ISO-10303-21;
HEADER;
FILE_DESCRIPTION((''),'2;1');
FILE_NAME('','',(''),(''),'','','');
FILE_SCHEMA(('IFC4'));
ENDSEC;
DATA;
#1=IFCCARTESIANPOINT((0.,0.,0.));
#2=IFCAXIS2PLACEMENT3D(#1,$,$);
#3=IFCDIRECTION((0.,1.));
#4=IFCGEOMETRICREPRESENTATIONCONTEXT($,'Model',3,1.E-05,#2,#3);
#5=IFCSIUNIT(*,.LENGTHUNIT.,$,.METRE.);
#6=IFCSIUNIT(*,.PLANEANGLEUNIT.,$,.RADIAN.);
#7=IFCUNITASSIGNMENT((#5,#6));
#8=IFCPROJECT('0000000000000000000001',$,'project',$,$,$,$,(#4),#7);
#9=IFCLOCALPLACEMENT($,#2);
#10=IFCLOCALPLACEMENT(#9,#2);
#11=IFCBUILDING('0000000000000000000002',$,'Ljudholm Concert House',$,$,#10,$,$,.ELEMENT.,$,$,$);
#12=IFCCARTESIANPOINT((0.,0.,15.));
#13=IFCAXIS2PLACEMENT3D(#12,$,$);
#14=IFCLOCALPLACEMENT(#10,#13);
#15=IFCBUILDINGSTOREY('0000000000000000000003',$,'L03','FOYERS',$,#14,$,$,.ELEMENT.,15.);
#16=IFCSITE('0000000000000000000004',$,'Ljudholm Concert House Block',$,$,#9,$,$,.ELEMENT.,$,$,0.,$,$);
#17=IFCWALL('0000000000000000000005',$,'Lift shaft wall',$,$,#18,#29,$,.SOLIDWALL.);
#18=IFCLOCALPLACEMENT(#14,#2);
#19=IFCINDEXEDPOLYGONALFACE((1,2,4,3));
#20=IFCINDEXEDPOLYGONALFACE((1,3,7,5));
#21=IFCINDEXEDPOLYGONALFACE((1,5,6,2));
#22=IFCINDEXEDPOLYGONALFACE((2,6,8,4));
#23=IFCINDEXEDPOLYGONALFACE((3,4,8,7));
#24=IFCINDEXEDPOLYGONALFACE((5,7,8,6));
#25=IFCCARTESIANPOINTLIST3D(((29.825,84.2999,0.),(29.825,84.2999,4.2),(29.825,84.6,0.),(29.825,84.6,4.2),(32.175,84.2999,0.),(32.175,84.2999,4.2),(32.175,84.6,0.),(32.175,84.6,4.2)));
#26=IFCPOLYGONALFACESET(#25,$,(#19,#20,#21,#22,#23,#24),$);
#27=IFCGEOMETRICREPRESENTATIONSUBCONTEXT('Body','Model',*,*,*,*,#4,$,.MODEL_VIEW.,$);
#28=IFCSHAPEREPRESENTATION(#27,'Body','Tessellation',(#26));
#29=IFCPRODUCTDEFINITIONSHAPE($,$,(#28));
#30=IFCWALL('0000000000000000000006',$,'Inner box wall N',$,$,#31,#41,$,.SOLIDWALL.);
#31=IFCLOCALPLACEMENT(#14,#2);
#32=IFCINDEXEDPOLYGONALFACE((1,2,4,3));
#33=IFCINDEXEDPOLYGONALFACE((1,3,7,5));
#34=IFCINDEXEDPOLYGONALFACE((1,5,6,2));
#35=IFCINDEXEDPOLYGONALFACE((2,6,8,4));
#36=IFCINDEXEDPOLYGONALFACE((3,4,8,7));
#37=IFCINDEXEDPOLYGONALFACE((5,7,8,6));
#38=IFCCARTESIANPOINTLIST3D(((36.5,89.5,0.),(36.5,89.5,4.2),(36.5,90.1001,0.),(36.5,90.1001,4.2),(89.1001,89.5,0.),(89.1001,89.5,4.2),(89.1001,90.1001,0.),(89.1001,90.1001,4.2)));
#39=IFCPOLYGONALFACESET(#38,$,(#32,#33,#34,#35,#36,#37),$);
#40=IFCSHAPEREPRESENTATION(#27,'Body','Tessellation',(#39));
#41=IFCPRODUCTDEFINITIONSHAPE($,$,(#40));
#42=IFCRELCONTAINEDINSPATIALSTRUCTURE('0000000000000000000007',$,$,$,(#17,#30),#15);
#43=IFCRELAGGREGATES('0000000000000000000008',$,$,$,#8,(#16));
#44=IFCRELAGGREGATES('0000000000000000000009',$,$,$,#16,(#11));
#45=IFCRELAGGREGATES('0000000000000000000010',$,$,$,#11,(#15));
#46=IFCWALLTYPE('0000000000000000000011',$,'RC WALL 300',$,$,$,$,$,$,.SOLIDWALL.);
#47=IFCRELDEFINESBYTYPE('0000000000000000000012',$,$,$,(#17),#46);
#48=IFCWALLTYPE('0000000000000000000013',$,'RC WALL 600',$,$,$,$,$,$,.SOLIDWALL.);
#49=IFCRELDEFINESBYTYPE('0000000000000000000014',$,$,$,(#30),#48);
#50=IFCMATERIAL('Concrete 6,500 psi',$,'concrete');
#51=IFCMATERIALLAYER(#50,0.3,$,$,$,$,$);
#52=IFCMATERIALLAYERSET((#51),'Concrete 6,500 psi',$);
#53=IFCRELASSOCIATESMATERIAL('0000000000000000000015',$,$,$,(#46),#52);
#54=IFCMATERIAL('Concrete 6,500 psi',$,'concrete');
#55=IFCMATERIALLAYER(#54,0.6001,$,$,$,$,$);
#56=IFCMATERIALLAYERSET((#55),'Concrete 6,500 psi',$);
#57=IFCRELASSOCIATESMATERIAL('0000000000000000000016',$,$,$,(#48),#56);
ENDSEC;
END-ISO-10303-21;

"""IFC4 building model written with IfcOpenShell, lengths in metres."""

from ifc_helpers import new_model, si_unit, direction, frame, frame_2d, origin, place, context, subcontext, project, spatial, rectangle, extrude, material, layer, layer_set, type_object, element, save


model = new_model("IFC4")

# Units and contexts
model_context = context("Model", 3, precision=1e-05, world=origin(), true_north=direction((0.0, 1.0)))
body_context = subcontext(model_context, "Body", "Model", "MODEL_VIEW")
ifc_project = project(units=[si_unit("LENGTHUNIT", "METRE"), si_unit("PLANEANGLEUNIT", "RADIAN")], contexts=[model_context])

# Site, building, storey
site_placement = place(None, origin())
site = spatial("IfcSite", under=ifc_project, at=site_placement, Name="Ljudholm Concert House Block", CompositionType="ELEMENT", RefElevation=0.0)
building_placement = place(site_placement, origin())
building = spatial("IfcBuilding", under=site, at=building_placement, Name="Ljudholm Concert House", CompositionType="ELEMENT")
storey_placement = place(building_placement, frame((0.0, 0.0, 15.0)))
storey = spatial("IfcBuildingStorey", under=building, at=storey_placement, Name="L03", Description="FOYERS", CompositionType="ELEMENT", Elevation=15.0)

# Shared definitions
ifc_material_1 = material(Name="Concrete 6,500 psi", Category="concrete")
ifc_layer_1 = layer(ifc_material_1, 0.3)
ifc_layer_set_1 = layer_set([ifc_layer_1], Name="Concrete 6,500 psi")
wall_type_1 = type_object("IfcWallType", Name="RC WALL 300", PredefinedType="SOLIDWALL", material=ifc_layer_set_1)

# Walls
for number, where, z_axis, x_axis, name in (
    (1, (29.825, 84.45, 0.0), (0.0, 0.0, 1.0), (1.0, 0.0, 0.0), "Lift shaft wall"),
):
    element("IfcWall", number, at=place(storey_placement, frame(where, z_axis=z_axis, x_axis=x_axis)), inside=storey, type_object=wall_type_1, Name=name, PredefinedType="SOLIDWALL", context=body_context, shape_type="SweptSolid", body=[
        extrude(rectangle(XDim=2.3501, YDim=0.3, at=frame_2d((1.175, 0.0))), origin(), (0.0, 0.0, 1.0), 4.2),
    ])
ifc_material_2 = material(Name="Concrete 6,500 psi", Category="concrete")
ifc_layer_2 = layer(ifc_material_2, 0.6001)
ifc_layer_set_2 = layer_set([ifc_layer_2], Name="Concrete 6,500 psi")
wall_type_2 = type_object("IfcWallType", Name="RC WALL 600", PredefinedType="SOLIDWALL", material=ifc_layer_set_2)
wall_1_placement = place(storey_placement, frame((36.5, 89.8, 0.0), z_axis=(0.0, 0.0, 1.0), x_axis=(1.0, 0.0, 0.0)))
element("IfcWall", 2, at=wall_1_placement, inside=storey, type_object=wall_type_2, Name="Inner box wall N", PredefinedType="SOLIDWALL", context=body_context, shape_type="SweptSolid", body=[
    extrude(rectangle(XDim=52.6001, YDim=0.6001, at=frame_2d((26.3, 0.0))), origin(), (0.0, 0.0, 1.0), 4.2),
])

save(model, "model.ifc")
